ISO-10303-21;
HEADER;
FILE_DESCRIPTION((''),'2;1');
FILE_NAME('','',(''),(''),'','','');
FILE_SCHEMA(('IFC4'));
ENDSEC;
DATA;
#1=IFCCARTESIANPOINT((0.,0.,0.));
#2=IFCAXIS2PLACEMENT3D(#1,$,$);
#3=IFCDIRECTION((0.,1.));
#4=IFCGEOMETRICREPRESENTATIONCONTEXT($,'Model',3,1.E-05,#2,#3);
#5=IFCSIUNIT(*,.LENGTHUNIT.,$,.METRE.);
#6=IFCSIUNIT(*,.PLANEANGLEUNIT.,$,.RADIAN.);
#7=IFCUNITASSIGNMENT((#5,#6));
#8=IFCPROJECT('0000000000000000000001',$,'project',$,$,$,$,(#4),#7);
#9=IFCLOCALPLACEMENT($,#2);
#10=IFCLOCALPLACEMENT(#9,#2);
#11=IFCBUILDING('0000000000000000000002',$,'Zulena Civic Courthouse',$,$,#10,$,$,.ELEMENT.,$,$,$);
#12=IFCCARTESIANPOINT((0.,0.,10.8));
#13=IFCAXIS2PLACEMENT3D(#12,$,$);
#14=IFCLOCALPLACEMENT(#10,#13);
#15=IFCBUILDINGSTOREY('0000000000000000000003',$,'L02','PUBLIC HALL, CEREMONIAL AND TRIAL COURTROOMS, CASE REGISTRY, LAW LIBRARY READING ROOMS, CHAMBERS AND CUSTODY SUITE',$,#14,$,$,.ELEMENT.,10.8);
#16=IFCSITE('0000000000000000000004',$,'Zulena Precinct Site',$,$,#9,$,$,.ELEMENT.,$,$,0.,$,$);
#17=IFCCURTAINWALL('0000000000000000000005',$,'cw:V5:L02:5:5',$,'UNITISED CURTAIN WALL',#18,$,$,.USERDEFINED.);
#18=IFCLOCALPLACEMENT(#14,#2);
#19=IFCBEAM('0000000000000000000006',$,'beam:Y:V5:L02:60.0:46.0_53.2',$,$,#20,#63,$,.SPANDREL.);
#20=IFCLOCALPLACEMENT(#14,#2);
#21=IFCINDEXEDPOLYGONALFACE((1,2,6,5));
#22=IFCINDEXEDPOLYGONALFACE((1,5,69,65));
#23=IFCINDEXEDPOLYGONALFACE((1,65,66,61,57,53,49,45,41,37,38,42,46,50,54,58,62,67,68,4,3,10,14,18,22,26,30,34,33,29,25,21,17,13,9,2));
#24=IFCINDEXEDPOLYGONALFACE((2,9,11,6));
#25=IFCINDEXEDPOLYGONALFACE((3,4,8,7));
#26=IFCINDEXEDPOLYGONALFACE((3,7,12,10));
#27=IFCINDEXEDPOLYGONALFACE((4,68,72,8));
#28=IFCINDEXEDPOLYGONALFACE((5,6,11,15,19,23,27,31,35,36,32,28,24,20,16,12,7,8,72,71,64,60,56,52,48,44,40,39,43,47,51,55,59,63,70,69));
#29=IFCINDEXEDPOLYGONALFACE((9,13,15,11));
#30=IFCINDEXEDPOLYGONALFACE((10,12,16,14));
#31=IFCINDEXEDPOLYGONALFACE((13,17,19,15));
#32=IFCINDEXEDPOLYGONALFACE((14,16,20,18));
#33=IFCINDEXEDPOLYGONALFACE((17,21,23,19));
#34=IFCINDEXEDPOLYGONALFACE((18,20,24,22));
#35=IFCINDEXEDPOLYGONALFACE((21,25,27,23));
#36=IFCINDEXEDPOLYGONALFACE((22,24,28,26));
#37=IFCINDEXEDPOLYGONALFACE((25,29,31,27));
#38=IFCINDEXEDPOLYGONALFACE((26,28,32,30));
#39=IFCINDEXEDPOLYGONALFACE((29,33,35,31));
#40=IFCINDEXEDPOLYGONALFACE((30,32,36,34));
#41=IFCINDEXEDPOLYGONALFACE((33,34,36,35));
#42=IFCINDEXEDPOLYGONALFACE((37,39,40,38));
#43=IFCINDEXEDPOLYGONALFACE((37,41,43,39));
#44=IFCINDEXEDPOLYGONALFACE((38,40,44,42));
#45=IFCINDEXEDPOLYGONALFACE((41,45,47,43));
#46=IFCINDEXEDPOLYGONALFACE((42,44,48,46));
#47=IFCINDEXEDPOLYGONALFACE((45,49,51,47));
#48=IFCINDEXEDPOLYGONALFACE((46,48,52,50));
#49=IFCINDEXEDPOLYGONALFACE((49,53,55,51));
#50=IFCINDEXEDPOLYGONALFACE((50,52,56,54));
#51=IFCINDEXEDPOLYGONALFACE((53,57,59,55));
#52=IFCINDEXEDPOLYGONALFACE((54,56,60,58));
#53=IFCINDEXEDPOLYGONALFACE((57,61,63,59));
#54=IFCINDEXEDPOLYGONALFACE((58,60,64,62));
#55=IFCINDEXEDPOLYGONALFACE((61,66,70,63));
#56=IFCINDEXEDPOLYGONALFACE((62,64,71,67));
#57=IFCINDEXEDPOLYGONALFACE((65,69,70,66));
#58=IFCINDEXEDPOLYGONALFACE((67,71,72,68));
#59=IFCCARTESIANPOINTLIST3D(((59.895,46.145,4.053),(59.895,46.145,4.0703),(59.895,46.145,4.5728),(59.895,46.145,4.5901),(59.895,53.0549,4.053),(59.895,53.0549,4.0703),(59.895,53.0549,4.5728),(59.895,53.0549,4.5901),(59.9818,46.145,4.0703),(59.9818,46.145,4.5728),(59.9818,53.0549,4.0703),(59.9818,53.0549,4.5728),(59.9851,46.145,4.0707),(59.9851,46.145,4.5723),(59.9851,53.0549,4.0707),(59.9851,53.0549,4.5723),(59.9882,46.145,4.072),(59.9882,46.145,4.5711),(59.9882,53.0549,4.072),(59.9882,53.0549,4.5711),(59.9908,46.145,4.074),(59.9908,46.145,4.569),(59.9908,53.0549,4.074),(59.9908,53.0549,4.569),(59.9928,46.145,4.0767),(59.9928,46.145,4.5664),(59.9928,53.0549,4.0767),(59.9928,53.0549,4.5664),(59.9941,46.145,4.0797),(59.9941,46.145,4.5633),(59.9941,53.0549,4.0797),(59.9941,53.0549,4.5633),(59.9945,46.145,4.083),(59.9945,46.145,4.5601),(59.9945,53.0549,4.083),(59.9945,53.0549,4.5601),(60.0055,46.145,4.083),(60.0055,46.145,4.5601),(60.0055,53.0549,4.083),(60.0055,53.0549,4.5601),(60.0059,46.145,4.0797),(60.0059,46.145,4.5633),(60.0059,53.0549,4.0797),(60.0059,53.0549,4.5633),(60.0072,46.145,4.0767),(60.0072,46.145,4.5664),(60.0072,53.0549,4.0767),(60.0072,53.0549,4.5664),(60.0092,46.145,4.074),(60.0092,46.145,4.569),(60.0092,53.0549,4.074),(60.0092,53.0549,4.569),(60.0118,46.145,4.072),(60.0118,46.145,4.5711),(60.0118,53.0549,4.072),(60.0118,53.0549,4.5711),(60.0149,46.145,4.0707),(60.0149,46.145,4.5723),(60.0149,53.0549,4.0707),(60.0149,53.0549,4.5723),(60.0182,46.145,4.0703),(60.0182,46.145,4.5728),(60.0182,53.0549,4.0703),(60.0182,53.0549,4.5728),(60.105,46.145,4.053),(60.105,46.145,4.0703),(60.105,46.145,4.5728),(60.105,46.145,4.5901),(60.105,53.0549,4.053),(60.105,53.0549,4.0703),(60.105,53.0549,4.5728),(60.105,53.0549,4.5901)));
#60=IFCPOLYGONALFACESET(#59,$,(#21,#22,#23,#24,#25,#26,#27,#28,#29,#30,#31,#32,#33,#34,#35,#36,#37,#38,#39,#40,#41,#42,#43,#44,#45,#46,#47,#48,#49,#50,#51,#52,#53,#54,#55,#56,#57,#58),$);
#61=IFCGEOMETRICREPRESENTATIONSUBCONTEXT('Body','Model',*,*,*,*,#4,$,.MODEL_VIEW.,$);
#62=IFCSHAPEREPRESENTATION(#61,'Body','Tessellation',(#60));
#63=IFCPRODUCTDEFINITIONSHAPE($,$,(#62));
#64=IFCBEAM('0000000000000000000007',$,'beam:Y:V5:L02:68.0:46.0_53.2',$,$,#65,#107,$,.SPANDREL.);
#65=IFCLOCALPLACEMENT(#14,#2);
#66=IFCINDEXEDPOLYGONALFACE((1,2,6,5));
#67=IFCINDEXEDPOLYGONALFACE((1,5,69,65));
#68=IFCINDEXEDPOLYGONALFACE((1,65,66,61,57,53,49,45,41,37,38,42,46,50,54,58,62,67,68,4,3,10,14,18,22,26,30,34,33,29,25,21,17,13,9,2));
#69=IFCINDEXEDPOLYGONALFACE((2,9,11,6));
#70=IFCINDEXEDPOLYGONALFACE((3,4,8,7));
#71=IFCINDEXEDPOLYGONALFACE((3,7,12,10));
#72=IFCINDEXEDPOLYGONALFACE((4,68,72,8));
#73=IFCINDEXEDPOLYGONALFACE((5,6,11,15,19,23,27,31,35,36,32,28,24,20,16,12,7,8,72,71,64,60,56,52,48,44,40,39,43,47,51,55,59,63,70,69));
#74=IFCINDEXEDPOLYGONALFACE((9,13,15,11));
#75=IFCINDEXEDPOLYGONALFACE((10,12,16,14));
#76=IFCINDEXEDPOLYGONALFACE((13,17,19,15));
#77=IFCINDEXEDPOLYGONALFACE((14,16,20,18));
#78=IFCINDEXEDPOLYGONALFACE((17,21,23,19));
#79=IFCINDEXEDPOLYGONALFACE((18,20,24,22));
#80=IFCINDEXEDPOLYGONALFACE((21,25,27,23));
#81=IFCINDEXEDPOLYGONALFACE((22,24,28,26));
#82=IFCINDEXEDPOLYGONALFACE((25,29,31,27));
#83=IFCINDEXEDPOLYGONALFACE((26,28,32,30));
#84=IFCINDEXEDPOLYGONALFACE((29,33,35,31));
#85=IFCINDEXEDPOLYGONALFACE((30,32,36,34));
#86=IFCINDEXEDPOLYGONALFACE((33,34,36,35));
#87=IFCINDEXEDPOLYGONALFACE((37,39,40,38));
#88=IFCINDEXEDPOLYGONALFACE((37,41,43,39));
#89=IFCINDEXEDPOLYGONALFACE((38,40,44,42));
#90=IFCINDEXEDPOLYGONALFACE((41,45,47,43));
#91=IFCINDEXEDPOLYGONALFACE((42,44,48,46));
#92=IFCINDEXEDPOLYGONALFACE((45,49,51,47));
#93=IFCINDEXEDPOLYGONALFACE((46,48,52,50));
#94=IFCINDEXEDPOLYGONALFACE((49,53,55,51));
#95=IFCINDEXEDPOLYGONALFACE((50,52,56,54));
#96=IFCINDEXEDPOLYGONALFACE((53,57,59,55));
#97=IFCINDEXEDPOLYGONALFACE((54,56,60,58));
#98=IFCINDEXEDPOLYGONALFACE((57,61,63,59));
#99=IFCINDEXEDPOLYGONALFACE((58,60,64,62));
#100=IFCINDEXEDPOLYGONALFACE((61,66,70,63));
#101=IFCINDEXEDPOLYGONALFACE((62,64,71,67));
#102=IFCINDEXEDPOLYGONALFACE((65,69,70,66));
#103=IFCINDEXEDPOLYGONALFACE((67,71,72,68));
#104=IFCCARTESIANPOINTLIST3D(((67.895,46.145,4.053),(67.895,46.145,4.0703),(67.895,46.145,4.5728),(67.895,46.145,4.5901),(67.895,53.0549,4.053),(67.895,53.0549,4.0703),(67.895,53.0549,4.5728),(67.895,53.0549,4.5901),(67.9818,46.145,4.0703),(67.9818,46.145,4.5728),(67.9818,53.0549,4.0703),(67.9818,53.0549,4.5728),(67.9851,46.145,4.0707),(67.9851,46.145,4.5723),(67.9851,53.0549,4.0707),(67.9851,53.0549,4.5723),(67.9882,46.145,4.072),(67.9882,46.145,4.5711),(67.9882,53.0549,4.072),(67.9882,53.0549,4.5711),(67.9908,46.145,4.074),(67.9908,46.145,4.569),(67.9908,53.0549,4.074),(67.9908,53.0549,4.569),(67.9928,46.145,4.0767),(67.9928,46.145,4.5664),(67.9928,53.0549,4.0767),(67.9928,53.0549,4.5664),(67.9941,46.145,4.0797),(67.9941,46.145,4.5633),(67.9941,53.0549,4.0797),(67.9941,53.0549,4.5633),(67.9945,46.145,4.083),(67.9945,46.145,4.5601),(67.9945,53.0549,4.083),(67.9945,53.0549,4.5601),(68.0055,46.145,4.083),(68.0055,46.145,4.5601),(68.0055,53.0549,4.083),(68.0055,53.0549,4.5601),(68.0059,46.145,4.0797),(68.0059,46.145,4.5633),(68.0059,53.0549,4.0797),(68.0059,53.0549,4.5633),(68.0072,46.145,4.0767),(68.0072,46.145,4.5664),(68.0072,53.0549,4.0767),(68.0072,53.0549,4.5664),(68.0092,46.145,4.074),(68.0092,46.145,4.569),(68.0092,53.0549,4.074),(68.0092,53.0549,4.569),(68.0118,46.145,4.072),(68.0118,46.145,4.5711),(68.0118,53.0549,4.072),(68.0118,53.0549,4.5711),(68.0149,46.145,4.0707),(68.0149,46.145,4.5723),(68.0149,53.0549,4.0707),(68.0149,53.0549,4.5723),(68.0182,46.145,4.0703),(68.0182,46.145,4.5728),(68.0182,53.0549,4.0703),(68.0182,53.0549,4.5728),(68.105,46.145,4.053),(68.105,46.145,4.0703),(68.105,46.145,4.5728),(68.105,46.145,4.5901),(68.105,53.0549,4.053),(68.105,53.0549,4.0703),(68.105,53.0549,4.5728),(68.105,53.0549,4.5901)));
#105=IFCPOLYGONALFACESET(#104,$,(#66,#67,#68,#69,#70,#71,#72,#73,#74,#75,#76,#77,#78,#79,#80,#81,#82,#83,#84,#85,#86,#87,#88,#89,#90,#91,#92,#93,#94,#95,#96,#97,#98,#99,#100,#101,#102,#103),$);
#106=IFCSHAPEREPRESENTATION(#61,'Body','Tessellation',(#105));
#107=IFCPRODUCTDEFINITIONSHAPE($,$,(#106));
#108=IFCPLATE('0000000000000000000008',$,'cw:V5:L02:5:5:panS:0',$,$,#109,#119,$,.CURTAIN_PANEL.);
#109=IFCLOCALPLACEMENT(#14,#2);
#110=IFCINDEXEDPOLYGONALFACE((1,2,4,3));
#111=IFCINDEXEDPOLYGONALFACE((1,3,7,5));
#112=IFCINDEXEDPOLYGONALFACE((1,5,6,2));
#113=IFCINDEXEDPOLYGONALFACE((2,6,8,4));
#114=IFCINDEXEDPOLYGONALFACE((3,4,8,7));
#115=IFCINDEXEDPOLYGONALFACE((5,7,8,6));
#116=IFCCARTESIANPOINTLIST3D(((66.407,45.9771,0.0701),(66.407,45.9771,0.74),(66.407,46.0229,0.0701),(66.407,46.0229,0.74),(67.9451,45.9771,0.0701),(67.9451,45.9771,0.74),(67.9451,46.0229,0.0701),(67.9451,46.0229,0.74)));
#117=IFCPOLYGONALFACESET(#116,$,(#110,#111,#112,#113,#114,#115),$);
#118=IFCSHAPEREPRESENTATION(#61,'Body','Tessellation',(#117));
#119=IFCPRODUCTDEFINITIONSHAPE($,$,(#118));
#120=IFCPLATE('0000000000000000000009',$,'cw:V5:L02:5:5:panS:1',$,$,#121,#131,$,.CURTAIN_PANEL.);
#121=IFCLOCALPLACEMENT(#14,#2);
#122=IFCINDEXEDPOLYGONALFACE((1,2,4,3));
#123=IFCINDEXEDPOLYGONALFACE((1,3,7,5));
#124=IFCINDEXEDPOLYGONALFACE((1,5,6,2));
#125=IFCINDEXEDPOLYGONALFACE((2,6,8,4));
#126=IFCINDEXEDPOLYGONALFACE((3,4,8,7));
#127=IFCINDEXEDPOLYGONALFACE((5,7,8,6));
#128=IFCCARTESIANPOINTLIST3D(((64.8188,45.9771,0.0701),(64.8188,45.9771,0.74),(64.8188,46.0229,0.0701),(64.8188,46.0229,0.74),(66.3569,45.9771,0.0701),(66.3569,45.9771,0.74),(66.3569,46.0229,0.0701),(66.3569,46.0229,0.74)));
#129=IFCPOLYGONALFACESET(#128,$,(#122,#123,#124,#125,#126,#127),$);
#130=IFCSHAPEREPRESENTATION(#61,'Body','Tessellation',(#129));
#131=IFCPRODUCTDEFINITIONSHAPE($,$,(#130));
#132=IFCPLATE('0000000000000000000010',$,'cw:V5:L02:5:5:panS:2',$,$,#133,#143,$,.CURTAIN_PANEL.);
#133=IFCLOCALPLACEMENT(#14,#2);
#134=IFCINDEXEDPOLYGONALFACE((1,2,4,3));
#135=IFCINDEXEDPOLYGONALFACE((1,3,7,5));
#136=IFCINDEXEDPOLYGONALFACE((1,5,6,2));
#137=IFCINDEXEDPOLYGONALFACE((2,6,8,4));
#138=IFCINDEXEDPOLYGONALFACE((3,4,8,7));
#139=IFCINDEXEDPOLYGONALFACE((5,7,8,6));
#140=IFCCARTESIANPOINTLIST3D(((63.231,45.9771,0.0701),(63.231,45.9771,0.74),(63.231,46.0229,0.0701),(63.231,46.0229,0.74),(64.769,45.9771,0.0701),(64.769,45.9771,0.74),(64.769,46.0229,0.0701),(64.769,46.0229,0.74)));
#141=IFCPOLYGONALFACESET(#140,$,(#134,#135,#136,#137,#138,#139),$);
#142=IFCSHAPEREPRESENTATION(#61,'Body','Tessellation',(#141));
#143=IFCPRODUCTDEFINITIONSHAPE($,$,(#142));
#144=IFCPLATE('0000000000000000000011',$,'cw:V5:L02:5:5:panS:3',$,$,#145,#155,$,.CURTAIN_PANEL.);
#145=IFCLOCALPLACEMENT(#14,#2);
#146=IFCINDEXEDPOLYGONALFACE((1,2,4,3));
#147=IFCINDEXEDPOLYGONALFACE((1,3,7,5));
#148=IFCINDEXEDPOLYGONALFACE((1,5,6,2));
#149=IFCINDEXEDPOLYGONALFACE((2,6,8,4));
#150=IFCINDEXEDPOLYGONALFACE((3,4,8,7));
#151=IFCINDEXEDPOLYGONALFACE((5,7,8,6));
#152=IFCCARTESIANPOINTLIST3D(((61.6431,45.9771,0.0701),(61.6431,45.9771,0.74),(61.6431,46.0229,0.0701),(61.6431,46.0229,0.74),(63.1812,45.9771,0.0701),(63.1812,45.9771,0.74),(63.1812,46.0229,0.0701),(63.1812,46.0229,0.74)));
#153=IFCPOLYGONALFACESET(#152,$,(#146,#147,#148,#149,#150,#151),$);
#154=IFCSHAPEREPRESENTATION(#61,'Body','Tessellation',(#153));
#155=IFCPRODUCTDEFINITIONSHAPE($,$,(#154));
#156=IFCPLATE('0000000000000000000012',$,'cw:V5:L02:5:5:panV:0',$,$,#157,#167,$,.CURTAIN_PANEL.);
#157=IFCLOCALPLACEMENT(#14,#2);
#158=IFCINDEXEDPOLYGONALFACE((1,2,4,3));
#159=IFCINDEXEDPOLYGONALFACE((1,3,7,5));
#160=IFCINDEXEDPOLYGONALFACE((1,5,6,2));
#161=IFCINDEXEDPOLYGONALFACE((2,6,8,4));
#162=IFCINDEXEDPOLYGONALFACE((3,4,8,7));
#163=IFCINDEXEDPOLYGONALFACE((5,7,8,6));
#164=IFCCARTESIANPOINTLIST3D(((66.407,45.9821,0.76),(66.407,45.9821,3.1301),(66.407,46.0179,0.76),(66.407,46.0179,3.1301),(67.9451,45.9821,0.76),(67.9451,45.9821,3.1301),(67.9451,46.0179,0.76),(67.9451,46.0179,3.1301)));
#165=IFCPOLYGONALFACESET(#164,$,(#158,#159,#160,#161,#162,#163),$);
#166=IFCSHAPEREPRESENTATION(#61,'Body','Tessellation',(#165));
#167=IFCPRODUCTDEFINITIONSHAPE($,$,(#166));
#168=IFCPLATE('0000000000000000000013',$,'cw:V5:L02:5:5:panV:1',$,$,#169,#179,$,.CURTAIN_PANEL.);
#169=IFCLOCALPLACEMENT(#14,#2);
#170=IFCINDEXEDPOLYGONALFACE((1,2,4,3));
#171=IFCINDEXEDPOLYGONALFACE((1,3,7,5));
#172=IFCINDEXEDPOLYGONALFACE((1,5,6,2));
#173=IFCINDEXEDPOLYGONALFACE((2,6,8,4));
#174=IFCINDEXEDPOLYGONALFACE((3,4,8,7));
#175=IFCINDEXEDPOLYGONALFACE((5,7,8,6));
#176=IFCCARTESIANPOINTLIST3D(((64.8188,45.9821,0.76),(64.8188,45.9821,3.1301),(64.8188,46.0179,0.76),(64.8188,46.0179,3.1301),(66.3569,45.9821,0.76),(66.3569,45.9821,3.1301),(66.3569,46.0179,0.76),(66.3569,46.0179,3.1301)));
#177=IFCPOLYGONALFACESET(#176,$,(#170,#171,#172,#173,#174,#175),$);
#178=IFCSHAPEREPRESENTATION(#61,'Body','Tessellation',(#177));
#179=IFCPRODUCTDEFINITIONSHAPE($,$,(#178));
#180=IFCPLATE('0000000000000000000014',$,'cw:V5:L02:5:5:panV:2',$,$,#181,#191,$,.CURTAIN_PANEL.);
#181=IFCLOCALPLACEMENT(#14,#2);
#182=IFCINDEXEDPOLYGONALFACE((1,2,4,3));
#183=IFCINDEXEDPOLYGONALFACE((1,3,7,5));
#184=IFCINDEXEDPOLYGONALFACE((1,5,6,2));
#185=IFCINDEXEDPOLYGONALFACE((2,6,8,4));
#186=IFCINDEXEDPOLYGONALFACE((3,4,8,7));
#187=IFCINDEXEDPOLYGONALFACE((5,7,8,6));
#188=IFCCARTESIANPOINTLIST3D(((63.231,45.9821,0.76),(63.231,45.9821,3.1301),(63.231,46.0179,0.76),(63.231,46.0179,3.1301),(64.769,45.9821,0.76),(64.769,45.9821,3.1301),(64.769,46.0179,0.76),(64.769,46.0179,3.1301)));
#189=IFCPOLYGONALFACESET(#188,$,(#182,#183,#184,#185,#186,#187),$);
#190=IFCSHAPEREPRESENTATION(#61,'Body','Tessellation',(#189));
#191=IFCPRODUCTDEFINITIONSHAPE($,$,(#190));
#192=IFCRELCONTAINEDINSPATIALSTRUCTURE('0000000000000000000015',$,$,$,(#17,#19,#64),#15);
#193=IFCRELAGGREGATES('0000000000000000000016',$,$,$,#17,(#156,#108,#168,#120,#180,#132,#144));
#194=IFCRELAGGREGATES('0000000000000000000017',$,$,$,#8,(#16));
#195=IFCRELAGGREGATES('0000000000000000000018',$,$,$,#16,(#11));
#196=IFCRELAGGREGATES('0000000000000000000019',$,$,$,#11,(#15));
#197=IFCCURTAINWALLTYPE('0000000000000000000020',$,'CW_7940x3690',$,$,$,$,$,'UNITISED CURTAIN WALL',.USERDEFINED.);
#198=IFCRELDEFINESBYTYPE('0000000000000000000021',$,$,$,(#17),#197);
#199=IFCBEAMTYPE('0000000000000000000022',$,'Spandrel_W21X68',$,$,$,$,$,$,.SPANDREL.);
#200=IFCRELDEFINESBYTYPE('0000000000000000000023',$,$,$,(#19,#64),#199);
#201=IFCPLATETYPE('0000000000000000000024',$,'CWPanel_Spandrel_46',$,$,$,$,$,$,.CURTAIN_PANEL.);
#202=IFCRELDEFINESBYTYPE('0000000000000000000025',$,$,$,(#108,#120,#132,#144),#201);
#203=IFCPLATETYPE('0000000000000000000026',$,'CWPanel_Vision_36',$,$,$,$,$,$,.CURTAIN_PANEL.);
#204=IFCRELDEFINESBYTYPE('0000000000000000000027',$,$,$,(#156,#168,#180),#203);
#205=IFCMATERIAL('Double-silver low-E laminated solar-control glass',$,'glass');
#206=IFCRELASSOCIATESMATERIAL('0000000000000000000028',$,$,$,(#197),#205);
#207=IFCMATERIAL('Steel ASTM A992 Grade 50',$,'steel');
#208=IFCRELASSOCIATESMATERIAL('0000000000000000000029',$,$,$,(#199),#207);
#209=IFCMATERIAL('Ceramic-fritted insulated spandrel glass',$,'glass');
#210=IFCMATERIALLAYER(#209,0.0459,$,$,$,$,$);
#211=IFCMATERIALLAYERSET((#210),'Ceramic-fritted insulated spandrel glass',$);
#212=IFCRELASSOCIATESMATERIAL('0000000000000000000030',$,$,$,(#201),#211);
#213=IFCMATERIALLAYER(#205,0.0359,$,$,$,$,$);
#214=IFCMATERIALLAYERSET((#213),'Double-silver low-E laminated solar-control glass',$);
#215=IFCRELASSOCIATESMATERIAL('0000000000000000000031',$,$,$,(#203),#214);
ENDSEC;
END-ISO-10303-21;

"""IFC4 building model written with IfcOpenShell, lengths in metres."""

from ifc_helpers import new_model, si_unit, direction, frame, origin, origin_2d, place, context, subcontext, project, spatial, rectangle, i_section, extrude, material, layer, layer_set, material_profile, profile_set, type_object, element, aggregate, save


model = new_model("IFC4")

# Units and contexts
model_context = context("Model", 3, precision=1e-05, world=origin(), true_north=direction((0.0, 1.0)))
body_context = subcontext(model_context, "Body", "Model", "MODEL_VIEW")
ifc_project = project(units=[si_unit("LENGTHUNIT", "METRE"), si_unit("PLANEANGLEUNIT", "RADIAN")], contexts=[model_context])

# Site, building, storey
site_placement = place(None, origin())
site = spatial("IfcSite", under=ifc_project, at=site_placement, Name="Zulena Precinct Site", CompositionType="ELEMENT", RefElevation=0.0)
building_placement = place(site_placement, origin())
building = spatial("IfcBuilding", under=site, at=building_placement, Name="Zulena Civic Courthouse", CompositionType="ELEMENT")
storey_placement = place(building_placement, frame((0.0, 0.0, 10.8)))
storey = spatial("IfcBuildingStorey", under=building, at=storey_placement, Name="L02", Description="PUBLIC HALL, CEREMONIAL AND TRIAL COURTROOMS, CASE REGISTRY, LAW LIBRARY READING ROOMS, CHAMBERS AND CUSTODY SUITE", CompositionType="ELEMENT", Elevation=10.8)

# Shared definitions
ifc_material_1 = material(Name="Steel ASTM A992 Grade 50", Category="steel")

# Curtain wall
ifc_material_2 = material(Name="Double-silver low-E laminated solar-control glass", Category="glass")
curtain_wall_type = type_object("IfcCurtainWallType", Name="CW_7940x3690", ElementType="UNITISED CURTAIN WALL", PredefinedType="USERDEFINED", material=ifc_material_2)
curtain_wall_placement = place(storey_placement, origin())
curtain_wall = element("IfcCurtainWall", 1, at=curtain_wall_placement, inside=storey, type_object=curtain_wall_type, Name="cw:V5:L02:5:5", ObjectType="UNITISED CURTAIN WALL", PredefinedType="USERDEFINED")

# Beams
ifc_material_profile_1 = material_profile(ifc_material_1, i_section(OverallWidth=0.21, OverallDepth=0.5371, WebThickness=0.011, FlangeThickness=0.0173, FilletRadius=0.0127, at=origin_2d()), Name="W21X68")
ifc_profile_set_1 = profile_set([ifc_material_profile_1], Name="Steel ASTM A992 Grade 50")
beam_type_1 = type_object("IfcBeamType", Name="Spandrel_W21X68", PredefinedType="SPANDREL", material=ifc_profile_set_1)
for number, where, z_axis, x_axis, name in (
    (2, (60.0, 46.145, 4.3215), (0.0, 1.0, 0.0), (-1.0, 0.0, 0.0), "beam:Y:V5:L02:60.0:46.0_53.2"),
    (3, (68.0, 46.145, 4.3215), (0.0, 1.0, 0.0), (-1.0, 0.0, 0.0), "beam:Y:V5:L02:68.0:46.0_53.2"),
):
    element("IfcBeam", number, at=place(storey_placement, frame(where, z_axis=z_axis, x_axis=x_axis)), inside=storey, type_object=beam_type_1, Name=name, PredefinedType="SPANDREL", context=body_context, shape_type="SweptSolid", body=[
        extrude(i_section(OverallWidth=0.21, OverallDepth=0.5371, WebThickness=0.011, FlangeThickness=0.0173, FilletRadius=0.0127, at=origin_2d()), origin(), (0.0, 0.0, 1.0), 6.9099),
    ])

# Plates
ifc_material_3 = material(Name="Ceramic-fritted insulated spandrel glass", Category="glass")
ifc_layer_1 = layer(ifc_material_3, 0.0459)
ifc_layer_set_1 = layer_set([ifc_layer_1], Name="Ceramic-fritted insulated spandrel glass")
plate_type_1 = type_object("IfcPlateType", Name="CWPanel_Spandrel_46", PredefinedType="CURTAIN_PANEL", material=ifc_layer_set_1)
plate_1_placement = place(storey_placement, frame((67.176, 46.0, 0.0701), z_axis=(0.0, 0.0, 1.0), x_axis=(-1.0, 0.0, 0.0)))
plate_1 = element("IfcPlate", 4, at=plate_1_placement, type_object=plate_type_1, Name="cw:V5:L02:5:5:panS:0", PredefinedType="CURTAIN_PANEL", context=body_context, shape_type="SweptSolid", body=[
    extrude(rectangle(XDim=1.5381, YDim=0.0459, at=origin_2d()), origin(), (0.0, 0.0, 1.0), 0.6699),
])
plate_2_placement = place(storey_placement, frame((65.5879, 46.0, 0.0701), z_axis=(0.0, 0.0, 1.0), x_axis=(-1.0, 0.0, 0.0)))
plate_2 = element("IfcPlate", 5, at=plate_2_placement, type_object=plate_type_1, Name="cw:V5:L02:5:5:panS:1", PredefinedType="CURTAIN_PANEL", context=body_context, shape_type="SweptSolid", body=[
    extrude(rectangle(XDim=1.5381, YDim=0.0459, at=origin_2d()), origin(), (0.0, 0.0, 1.0), 0.6699),
])
plate_3_placement = place(storey_placement, frame((64.0, 46.0, 0.0701), z_axis=(0.0, 0.0, 1.0), x_axis=(-1.0, 0.0, 0.0)))
plate_3 = element("IfcPlate", 6, at=plate_3_placement, type_object=plate_type_1, Name="cw:V5:L02:5:5:panS:2", PredefinedType="CURTAIN_PANEL", context=body_context, shape_type="SweptSolid", body=[
    extrude(rectangle(XDim=1.5381, YDim=0.0459, at=origin_2d()), origin(), (0.0, 0.0, 1.0), 0.6699),
])
plate_4_placement = place(storey_placement, frame((62.4121, 46.0, 0.0701), z_axis=(0.0, 0.0, 1.0), x_axis=(-1.0, 0.0, 0.0)))
plate_4 = element("IfcPlate", 7, at=plate_4_placement, type_object=plate_type_1, Name="cw:V5:L02:5:5:panS:3", PredefinedType="CURTAIN_PANEL", context=body_context, shape_type="SweptSolid", body=[
    extrude(rectangle(XDim=1.5381, YDim=0.0459, at=origin_2d()), origin(), (0.0, 0.0, 1.0), 0.6699),
])
ifc_layer_2 = layer(ifc_material_2, 0.0359)
ifc_layer_set_2 = layer_set([ifc_layer_2], Name="Double-silver low-E laminated solar-control glass")
plate_type_2 = type_object("IfcPlateType", Name="CWPanel_Vision_36", PredefinedType="CURTAIN_PANEL", material=ifc_layer_set_2)
plate_5_placement = place(storey_placement, frame((67.176, 46.0, 0.76), z_axis=(0.0, 0.0, 1.0), x_axis=(-1.0, 0.0, 0.0)))
plate_5 = element("IfcPlate", 8, at=plate_5_placement, type_object=plate_type_2, Name="cw:V5:L02:5:5:panV:0", PredefinedType="CURTAIN_PANEL", context=body_context, shape_type="SweptSolid", body=[
    extrude(rectangle(XDim=1.5381, YDim=0.0359, at=origin_2d()), origin(), (0.0, 0.0, 1.0), 2.3701),
])
plate_6_placement = place(storey_placement, frame((65.5879, 46.0, 0.76), z_axis=(0.0, 0.0, 1.0), x_axis=(-1.0, 0.0, 0.0)))
plate_6 = element("IfcPlate", 9, at=plate_6_placement, type_object=plate_type_2, Name="cw:V5:L02:5:5:panV:1", PredefinedType="CURTAIN_PANEL", context=body_context, shape_type="SweptSolid", body=[
    extrude(rectangle(XDim=1.5381, YDim=0.0359, at=origin_2d()), origin(), (0.0, 0.0, 1.0), 2.3701),
])
plate_7_placement = place(storey_placement, frame((64.0, 46.0, 0.76), z_axis=(0.0, 0.0, 1.0), x_axis=(-1.0, 0.0, 0.0)))
plate_7 = element("IfcPlate", 10, at=plate_7_placement, type_object=plate_type_2, Name="cw:V5:L02:5:5:panV:2", PredefinedType="CURTAIN_PANEL", context=body_context, shape_type="SweptSolid", body=[
    extrude(rectangle(XDim=1.5381, YDim=0.0359, at=origin_2d()), origin(), (0.0, 0.0, 1.0), 2.3701),
])
aggregate(curtain_wall, [plate_5, plate_1, plate_6, plate_2, plate_7, plate_3, plate_4])

save(model, "model.ifc")
